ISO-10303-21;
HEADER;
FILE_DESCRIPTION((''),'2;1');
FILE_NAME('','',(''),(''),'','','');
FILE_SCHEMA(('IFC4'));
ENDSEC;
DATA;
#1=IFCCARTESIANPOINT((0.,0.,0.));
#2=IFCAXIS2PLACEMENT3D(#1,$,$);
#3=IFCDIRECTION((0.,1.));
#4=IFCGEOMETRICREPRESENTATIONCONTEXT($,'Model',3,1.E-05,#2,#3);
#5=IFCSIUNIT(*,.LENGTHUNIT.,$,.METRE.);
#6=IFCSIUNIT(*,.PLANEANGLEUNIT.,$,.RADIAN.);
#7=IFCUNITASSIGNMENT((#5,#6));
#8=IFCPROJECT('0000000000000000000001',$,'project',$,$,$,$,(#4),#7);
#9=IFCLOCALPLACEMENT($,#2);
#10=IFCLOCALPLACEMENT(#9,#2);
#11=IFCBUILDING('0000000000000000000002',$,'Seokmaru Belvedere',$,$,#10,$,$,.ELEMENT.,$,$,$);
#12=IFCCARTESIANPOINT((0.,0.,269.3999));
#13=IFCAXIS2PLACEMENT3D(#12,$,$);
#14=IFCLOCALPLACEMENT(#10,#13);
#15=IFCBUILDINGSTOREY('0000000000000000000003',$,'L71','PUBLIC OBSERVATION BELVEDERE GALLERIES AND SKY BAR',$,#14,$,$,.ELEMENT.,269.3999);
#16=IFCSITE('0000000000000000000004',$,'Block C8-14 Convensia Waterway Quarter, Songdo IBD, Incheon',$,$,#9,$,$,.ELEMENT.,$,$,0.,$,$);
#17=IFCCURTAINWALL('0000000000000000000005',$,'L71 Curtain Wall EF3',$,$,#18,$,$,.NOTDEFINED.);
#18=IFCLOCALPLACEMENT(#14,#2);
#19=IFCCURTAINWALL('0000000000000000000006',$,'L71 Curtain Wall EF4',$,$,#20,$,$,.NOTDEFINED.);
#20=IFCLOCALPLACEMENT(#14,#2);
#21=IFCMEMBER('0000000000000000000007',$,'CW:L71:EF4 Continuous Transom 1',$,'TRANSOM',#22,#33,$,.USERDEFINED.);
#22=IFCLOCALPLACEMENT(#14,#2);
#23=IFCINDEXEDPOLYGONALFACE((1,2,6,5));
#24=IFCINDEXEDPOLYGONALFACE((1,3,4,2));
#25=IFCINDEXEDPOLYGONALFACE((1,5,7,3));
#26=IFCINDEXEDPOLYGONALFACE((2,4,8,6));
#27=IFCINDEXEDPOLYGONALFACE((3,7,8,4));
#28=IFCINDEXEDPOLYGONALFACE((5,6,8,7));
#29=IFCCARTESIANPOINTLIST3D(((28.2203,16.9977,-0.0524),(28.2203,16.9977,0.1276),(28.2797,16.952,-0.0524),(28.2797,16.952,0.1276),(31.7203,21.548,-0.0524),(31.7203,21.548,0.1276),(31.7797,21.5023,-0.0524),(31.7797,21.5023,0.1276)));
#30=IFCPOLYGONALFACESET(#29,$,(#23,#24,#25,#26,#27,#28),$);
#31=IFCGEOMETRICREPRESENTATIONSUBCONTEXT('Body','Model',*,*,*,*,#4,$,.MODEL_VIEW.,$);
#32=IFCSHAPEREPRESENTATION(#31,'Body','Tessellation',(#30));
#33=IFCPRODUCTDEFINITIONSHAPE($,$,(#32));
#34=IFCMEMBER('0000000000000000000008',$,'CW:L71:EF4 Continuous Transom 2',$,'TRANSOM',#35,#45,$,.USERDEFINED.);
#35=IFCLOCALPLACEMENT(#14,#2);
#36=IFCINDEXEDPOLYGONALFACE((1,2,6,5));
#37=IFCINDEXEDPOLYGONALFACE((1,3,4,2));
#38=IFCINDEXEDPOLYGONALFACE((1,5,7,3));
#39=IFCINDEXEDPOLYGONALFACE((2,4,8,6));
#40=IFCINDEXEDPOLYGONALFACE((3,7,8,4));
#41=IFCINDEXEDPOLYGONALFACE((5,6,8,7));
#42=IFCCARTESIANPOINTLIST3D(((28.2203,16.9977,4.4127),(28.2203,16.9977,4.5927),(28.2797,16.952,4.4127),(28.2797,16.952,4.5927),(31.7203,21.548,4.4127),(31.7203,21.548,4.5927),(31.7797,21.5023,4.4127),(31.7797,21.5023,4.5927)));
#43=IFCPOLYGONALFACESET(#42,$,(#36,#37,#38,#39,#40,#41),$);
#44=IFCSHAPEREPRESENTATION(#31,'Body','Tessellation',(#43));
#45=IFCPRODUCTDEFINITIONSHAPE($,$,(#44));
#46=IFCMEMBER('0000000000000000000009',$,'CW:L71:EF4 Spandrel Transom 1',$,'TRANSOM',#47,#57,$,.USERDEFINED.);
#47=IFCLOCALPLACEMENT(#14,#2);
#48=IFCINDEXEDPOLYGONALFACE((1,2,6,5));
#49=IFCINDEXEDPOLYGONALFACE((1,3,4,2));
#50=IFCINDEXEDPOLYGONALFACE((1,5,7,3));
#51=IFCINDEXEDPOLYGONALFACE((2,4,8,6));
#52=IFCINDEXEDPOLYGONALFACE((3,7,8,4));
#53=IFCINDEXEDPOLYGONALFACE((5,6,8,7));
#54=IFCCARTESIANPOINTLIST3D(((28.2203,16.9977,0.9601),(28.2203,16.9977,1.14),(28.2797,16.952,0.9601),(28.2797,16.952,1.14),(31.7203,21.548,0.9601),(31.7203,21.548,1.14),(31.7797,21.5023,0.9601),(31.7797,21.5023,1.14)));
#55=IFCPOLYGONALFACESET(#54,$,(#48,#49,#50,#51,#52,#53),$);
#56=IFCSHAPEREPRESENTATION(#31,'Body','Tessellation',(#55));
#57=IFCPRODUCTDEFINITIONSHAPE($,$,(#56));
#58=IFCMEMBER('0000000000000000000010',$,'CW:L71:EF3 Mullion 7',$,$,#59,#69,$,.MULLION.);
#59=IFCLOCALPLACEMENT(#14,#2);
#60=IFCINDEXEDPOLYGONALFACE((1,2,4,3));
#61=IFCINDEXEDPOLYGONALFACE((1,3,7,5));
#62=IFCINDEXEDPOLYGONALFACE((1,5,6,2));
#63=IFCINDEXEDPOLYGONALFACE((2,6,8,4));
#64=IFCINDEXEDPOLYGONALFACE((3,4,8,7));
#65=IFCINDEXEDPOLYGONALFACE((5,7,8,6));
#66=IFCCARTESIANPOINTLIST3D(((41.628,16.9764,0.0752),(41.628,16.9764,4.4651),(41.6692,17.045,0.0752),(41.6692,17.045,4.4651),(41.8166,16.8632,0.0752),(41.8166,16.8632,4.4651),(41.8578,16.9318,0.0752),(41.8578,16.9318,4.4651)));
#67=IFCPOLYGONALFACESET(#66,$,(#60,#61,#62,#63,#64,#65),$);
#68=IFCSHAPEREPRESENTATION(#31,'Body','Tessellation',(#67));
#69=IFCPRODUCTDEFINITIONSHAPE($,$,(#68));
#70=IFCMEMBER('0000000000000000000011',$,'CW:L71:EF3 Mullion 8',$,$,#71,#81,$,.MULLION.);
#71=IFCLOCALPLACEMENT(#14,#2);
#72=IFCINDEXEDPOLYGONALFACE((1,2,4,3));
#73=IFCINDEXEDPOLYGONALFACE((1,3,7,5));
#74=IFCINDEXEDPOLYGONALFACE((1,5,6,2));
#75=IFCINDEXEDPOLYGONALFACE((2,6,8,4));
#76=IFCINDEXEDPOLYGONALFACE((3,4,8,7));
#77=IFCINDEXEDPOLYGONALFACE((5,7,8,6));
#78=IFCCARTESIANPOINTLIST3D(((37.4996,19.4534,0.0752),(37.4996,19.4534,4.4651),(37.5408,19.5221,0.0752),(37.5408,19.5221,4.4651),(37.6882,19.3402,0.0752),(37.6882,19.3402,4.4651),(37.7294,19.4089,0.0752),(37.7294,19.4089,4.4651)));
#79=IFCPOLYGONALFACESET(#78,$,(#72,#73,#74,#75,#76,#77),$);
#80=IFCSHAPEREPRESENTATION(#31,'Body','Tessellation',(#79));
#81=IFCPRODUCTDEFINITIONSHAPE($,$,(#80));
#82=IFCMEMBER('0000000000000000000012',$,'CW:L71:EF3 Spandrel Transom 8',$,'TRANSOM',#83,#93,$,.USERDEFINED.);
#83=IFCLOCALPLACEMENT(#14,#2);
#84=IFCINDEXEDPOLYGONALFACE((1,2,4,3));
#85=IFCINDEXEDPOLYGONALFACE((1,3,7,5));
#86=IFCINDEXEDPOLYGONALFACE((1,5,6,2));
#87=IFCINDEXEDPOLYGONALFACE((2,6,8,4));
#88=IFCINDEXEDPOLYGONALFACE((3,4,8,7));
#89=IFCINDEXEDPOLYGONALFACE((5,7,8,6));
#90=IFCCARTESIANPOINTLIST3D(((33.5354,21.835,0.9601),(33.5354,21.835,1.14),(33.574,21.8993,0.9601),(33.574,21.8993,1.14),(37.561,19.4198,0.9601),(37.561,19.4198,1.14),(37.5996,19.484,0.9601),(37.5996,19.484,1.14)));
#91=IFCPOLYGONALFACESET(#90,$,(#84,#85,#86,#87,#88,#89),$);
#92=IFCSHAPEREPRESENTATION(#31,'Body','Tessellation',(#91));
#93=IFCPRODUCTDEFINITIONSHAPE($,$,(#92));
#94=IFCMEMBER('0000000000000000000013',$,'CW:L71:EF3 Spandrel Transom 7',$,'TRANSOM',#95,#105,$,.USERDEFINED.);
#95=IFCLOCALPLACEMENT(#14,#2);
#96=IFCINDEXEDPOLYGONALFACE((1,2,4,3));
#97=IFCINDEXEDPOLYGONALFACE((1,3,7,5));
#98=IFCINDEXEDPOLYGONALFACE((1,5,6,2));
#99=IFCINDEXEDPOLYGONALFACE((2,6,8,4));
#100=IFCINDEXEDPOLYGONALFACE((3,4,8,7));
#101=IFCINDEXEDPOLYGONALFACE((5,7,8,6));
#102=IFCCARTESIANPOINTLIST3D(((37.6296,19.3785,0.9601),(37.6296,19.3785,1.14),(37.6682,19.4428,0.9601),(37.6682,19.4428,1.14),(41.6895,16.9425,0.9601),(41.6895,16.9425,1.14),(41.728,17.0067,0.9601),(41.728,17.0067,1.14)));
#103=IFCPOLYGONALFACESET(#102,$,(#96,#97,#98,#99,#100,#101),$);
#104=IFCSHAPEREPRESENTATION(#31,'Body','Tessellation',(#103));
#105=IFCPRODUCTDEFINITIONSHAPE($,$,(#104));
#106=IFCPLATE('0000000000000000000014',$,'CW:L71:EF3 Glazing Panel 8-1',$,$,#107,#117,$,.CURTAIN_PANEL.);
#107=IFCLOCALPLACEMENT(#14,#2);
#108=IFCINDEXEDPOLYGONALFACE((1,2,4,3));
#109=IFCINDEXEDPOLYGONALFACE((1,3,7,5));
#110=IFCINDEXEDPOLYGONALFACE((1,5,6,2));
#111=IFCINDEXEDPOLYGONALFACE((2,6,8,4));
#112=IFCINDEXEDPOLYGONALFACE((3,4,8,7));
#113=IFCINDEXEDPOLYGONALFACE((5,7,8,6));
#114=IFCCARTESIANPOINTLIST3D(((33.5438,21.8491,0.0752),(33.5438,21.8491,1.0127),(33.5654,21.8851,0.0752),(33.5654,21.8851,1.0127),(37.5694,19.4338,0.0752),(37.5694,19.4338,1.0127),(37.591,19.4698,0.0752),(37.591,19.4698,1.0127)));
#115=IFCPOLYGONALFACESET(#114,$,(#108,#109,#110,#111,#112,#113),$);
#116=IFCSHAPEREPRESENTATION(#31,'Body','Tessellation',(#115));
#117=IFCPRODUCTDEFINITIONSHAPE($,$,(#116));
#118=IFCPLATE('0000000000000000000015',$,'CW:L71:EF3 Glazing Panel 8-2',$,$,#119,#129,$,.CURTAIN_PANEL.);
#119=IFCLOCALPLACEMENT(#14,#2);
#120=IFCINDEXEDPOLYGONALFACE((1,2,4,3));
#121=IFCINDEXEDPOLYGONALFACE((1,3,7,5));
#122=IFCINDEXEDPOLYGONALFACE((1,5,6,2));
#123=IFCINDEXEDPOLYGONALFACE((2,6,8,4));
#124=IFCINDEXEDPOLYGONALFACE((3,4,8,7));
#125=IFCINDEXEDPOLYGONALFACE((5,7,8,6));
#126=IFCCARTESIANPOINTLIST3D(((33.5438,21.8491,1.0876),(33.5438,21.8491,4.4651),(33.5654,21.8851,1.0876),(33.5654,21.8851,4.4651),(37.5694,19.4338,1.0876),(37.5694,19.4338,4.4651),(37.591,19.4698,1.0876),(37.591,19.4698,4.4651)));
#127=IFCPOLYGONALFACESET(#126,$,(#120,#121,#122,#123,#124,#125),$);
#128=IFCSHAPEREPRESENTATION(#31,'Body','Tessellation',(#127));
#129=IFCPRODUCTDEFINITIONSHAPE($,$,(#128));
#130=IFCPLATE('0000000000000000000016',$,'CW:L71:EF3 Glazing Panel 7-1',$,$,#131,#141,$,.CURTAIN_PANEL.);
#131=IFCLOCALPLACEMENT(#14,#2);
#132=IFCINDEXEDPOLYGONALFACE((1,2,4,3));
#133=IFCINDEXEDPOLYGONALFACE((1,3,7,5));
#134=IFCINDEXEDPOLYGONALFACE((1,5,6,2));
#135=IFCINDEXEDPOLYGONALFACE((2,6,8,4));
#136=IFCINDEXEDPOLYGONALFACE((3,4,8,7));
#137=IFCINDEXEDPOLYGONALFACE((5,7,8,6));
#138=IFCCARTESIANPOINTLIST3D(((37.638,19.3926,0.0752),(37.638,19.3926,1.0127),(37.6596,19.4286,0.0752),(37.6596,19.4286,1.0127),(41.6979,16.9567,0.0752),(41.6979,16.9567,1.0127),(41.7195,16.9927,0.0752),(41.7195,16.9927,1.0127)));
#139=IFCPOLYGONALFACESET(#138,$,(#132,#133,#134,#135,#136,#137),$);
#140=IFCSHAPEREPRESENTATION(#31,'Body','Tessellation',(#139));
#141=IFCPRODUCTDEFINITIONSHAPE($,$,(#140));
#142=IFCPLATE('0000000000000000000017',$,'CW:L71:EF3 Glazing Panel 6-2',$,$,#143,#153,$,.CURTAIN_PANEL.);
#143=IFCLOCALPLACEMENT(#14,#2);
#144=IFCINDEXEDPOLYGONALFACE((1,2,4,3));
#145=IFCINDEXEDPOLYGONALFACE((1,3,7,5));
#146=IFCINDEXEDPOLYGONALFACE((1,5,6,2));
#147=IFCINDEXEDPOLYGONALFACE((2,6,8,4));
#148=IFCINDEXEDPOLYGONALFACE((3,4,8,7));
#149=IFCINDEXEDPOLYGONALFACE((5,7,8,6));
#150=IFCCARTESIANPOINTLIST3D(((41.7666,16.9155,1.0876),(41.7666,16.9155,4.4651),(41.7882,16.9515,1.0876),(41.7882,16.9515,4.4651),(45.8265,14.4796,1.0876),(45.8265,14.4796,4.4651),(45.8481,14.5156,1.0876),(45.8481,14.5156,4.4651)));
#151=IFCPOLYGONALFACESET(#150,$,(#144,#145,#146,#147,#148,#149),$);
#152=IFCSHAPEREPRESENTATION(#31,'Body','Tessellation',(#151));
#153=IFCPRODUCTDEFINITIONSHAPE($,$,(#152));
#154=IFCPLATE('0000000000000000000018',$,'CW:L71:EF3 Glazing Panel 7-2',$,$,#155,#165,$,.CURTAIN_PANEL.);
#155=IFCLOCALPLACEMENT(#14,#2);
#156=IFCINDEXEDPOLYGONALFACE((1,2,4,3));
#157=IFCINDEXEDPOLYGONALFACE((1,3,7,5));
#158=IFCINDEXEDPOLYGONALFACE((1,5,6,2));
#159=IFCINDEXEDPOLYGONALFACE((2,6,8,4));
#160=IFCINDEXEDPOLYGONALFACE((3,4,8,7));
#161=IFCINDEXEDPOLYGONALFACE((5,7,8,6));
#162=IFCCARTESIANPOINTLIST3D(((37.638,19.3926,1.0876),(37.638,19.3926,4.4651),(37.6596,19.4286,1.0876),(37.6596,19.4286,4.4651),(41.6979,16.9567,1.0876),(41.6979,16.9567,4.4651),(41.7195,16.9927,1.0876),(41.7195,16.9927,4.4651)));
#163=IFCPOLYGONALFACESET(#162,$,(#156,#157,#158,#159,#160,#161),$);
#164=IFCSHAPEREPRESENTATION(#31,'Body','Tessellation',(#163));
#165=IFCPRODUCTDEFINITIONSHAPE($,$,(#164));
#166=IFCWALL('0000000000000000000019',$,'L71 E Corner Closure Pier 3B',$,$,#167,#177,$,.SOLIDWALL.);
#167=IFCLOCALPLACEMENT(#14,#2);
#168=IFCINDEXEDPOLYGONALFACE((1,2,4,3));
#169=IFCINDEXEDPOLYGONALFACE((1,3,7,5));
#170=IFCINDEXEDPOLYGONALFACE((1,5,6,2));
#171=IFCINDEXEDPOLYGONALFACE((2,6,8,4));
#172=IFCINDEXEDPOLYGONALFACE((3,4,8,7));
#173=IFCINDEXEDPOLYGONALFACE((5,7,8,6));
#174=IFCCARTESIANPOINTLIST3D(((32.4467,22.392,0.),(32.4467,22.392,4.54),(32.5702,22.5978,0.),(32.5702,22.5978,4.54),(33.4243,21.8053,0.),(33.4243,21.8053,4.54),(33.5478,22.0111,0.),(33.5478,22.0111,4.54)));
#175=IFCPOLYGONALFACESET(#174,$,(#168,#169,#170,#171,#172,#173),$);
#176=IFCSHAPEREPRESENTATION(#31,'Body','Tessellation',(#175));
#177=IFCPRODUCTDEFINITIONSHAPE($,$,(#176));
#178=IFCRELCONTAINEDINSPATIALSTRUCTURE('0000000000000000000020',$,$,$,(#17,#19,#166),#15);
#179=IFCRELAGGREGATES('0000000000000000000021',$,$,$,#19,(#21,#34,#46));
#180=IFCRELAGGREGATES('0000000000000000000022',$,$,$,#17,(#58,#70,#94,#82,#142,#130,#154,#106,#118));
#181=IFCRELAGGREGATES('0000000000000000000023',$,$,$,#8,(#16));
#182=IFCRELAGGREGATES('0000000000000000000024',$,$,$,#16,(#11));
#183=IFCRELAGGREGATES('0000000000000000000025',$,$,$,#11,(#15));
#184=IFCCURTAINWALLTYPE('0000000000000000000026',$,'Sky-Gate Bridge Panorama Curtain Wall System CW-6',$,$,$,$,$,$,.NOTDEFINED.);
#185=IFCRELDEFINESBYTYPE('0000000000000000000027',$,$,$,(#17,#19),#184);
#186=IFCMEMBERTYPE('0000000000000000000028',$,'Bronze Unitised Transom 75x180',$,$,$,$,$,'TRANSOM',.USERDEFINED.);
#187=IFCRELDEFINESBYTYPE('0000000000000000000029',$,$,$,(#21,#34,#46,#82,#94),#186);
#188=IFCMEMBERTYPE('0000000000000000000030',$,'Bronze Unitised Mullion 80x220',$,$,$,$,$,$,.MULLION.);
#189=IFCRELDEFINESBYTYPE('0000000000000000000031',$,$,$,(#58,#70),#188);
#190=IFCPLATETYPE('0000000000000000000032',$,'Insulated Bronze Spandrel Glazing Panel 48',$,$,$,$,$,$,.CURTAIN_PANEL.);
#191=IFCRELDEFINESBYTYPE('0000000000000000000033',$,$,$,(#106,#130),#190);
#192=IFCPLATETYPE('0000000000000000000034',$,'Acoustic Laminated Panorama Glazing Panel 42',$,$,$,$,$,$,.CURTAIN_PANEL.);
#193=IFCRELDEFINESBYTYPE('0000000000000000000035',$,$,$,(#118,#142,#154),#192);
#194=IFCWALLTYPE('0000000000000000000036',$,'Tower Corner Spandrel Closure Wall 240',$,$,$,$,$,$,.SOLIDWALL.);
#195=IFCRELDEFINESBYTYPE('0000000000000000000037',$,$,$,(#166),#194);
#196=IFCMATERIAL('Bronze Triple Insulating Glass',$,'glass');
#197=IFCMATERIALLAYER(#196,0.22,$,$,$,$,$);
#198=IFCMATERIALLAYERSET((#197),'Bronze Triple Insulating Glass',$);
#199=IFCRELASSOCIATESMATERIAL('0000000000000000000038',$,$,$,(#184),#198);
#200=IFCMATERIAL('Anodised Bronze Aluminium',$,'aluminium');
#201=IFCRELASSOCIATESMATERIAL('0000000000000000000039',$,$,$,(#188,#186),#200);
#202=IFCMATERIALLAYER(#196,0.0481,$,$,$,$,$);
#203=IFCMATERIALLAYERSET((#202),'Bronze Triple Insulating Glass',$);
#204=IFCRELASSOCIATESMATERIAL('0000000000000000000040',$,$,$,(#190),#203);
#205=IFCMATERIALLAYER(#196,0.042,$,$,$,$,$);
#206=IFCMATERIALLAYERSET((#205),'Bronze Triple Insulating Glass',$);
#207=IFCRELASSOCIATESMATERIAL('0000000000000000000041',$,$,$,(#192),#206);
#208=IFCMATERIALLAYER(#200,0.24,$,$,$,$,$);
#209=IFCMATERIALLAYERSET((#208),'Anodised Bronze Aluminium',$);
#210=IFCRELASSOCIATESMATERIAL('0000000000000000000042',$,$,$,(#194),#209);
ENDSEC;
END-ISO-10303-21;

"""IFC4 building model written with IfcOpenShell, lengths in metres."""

from ifc_helpers import new_model, si_unit, direction, frame, frame_2d, origin, origin_2d, place, context, subcontext, project, spatial, rectangle, extrude, source, transform, mapped, material, layer, layer_set, material_profile, profile_set, type_object, type_shapes, element, aggregate, save


model = new_model("IFC4")

# Units and contexts
model_context = context("Model", 3, precision=1e-05, world=origin(), true_north=direction((0.0, 1.0)))
body_context = subcontext(model_context, "Body", "Model", "MODEL_VIEW")
ifc_project = project(units=[si_unit("LENGTHUNIT", "METRE"), si_unit("PLANEANGLEUNIT", "RADIAN")], contexts=[model_context])

# Site, building, storey
site_placement = place(None, origin())
site = spatial("IfcSite", under=ifc_project, at=site_placement, Name="Block C8-14 Convensia Waterway Quarter, Songdo IBD, Incheon", CompositionType="ELEMENT", RefElevation=0.0)
building_placement = place(site_placement, origin())
building = spatial("IfcBuilding", under=site, at=building_placement, Name="Seokmaru Belvedere", CompositionType="ELEMENT")
storey_placement = place(building_placement, frame((0.0, 0.0, 269.3999)))
storey = spatial("IfcBuildingStorey", under=building, at=storey_placement, Name="L71", Description="PUBLIC OBSERVATION BELVEDERE GALLERIES AND SKY BAR", CompositionType="ELEMENT", Elevation=269.3999)

# Curtain wall
ifc_material_1 = material(Name="Bronze Triple Insulating Glass", Category="glass")
ifc_layer_1 = layer(ifc_material_1, 0.22)
ifc_layer_set_1 = layer_set([ifc_layer_1], Name="Bronze Triple Insulating Glass")
curtain_wall_type = type_object("IfcCurtainWallType", Name="Sky-Gate Bridge Panorama Curtain Wall System CW-6", PredefinedType="NOTDEFINED", material=ifc_layer_set_1)
curtain_wall_1_placement = place(storey_placement, origin())
curtain_wall_1 = element("IfcCurtainWall", 1, at=curtain_wall_1_placement, inside=storey, type_object=curtain_wall_type, Name="L71 Curtain Wall EF3", PredefinedType="NOTDEFINED")
ifc_material_2 = material(Name="Anodised Bronze Aluminium", Category="aluminium")
ifc_material_profile_1 = material_profile(ifc_material_2, rectangle(XDim=0.0801, YDim=0.22, at=origin_2d()), Name="CW-M-80x220")
ifc_profile_set_1 = profile_set([ifc_material_profile_1], Name="Anodised Bronze Aluminium")
member_type_1 = type_object("IfcMemberType", Name="Bronze Unitised Mullion 80x220", PredefinedType="MULLION", material=ifc_profile_set_1)

# Curtain wall, members
curtain_wall_2_placement = place(storey_placement, origin())
curtain_wall_2 = element("IfcCurtainWall", 2, at=curtain_wall_2_placement, inside=storey, type_object=curtain_wall_type, Name="L71 Curtain Wall EF4", PredefinedType="NOTDEFINED")
ifc_material_profile_2 = material_profile(ifc_material_2, rectangle(XDim=0.075, YDim=0.1799, at=origin_2d()), Name="CW-T-75x180")
ifc_profile_set_2 = profile_set([ifc_material_profile_2], Name="Anodised Bronze Aluminium")
member_type_2 = type_object("IfcMemberType", Name="Bronze Unitised Transom 75x180", ElementType="TRANSOM", PredefinedType="USERDEFINED", material=ifc_profile_set_2)
shared_shape_1 = source(origin(), body_context, "Body", "SweptSolid", [
    extrude(rectangle(XDim=0.075, YDim=0.1799, at=origin_2d()), origin(), (0.0, 0.0, 1.0), 5.7407),
])
member_1_placement = place(storey_placement, frame((31.75, 21.5251, 0.0376), z_axis=(-0.609686, -0.792643, 0.0), x_axis=(0.792643, -0.609686, 0.0)))
member_1 = element("IfcMember", 3, at=member_1_placement, type_object=member_type_2, Name="CW:L71:EF4 Continuous Transom 1", ObjectType="TRANSOM", PredefinedType="USERDEFINED", context=body_context, shape_type="MappedRepresentation", body=[
    mapped(shared_shape_1, transform((0.0, 0.0, 0.0), scale=1.0)),
])
member_2_placement = place(storey_placement, frame((31.75, 21.5251, 4.5027), z_axis=(-0.609686, -0.792643, 0.0), x_axis=(0.792643, -0.609686, 0.0)))
member_2 = element("IfcMember", 4, at=member_2_placement, type_object=member_type_2, Name="CW:L71:EF4 Continuous Transom 2", ObjectType="TRANSOM", PredefinedType="USERDEFINED", context=body_context, shape_type="MappedRepresentation", body=[
    mapped(shared_shape_1, transform((0.0, 0.0, 0.0), scale=1.0)),
])
member_3_placement = place(storey_placement, frame((31.75, 21.5251, 1.05), z_axis=(-0.609686, -0.792643, 0.0), x_axis=(0.792643, -0.609686, 0.0)))
member_3 = element("IfcMember", 5, at=member_3_placement, type_object=member_type_2, Name="CW:L71:EF4 Spandrel Transom 1", ObjectType="TRANSOM", PredefinedType="USERDEFINED", context=body_context, shape_type="MappedRepresentation", body=[
    mapped(shared_shape_1, transform((0.0, 0.0, 0.0), scale=1.0)),
])
aggregate(curtain_wall_2, [member_1, member_2, member_3])

# Members
shared_shape_2 = source(origin(), body_context, "Body", "SweptSolid", [
    extrude(rectangle(XDim=0.0801, YDim=0.22, at=origin_2d()), origin(), (0.0, 0.0, 1.0), 4.3899),
])
member_4_placement = place(storey_placement, frame((41.7429, 16.9541, 0.0752), z_axis=(0.0, 0.0, 1.0), x_axis=(-0.514495, -0.857493, 0.0)))
member_4 = element("IfcMember", 6, at=member_4_placement, type_object=member_type_1, Name="CW:L71:EF3 Mullion 7", PredefinedType="MULLION", context=body_context, shape_type="MappedRepresentation", body=[
    mapped(shared_shape_2, transform((0.0, 0.0, 0.0), scale=1.0)),
])
member_5_placement = place(storey_placement, frame((37.6145, 19.4312, 0.0752), z_axis=(0.0, 0.0, 1.0), x_axis=(-0.514495, -0.857493, 0.0)))
member_5 = element("IfcMember", 7, at=member_5_placement, type_object=member_type_1, Name="CW:L71:EF3 Mullion 8", PredefinedType="MULLION", context=body_context, shape_type="MappedRepresentation", body=[
    mapped(shared_shape_2, transform((0.0, 0.0, 0.0), scale=1.0)),
])
shared_shape_3 = source(origin(), body_context, "Body", "SweptSolid", [
    extrude(rectangle(XDim=0.075, YDim=0.1799, at=origin_2d()), origin(), (0.0, 0.0, 1.0), 4.6946),
])
member_6_placement = place(storey_placement, frame((37.5803, 19.4519, 1.05), z_axis=(-0.857502, 0.51448, 0.0), x_axis=(-0.51448, -0.857502, 0.0)))
member_6 = element("IfcMember", 8, at=member_6_placement, type_object=member_type_2, Name="CW:L71:EF3 Spandrel Transom 8", ObjectType="TRANSOM", PredefinedType="USERDEFINED", context=body_context, shape_type="MappedRepresentation", body=[
    mapped(shared_shape_3, transform((0.0, 0.0, 0.0), scale=1.0)),
])
shared_shape_4 = source(origin(), body_context, "Body", "SweptSolid", [
    extrude(rectangle(XDim=0.075, YDim=0.1799, at=origin_2d()), origin(), (0.0, 0.0, 1.0), 4.7346),
])
type_shapes(member_type_2, [shared_shape_1, shared_shape_3, shared_shape_4])
member_7_placement = place(storey_placement, frame((41.7087, 16.9746, 1.05), z_axis=(-0.857479, 0.514519, 0.0), x_axis=(-0.514519, -0.857479, 0.0)))
member_7 = element("IfcMember", 9, at=member_7_placement, type_object=member_type_2, Name="CW:L71:EF3 Spandrel Transom 7", ObjectType="TRANSOM", PredefinedType="USERDEFINED", context=body_context, shape_type="MappedRepresentation", body=[
    mapped(shared_shape_4, transform((0.0, 0.0, 0.0), scale=1.0)),
])

# Plates
ifc_layer_2 = layer(ifc_material_1, 0.0481)
ifc_layer_set_2 = layer_set([ifc_layer_2], Name="Bronze Triple Insulating Glass")
plate_type_1 = type_object("IfcPlateType", Name="Insulated Bronze Spandrel Glazing Panel 48", PredefinedType="CURTAIN_PANEL", material=ifc_layer_set_2)
shared_shape_5 = source(origin(), body_context, "Body", "SweptSolid", [
    extrude(rectangle(XDim=4.6946, YDim=0.042, at=origin_2d()), origin(), (0.0, 0.0, 1.0), 0.9375),
])
plate_1_placement = place(storey_placement, frame((35.5674, 20.6594, 0.0752), z_axis=(0.0, 0.0, 1.0), x_axis=(-0.857493, 0.514495, 0.0)))
plate_1 = element("IfcPlate", 10, at=plate_1_placement, type_object=plate_type_1, Name="CW:L71:EF3 Glazing Panel 8-1", PredefinedType="CURTAIN_PANEL", context=body_context, shape_type="MappedRepresentation", body=[
    mapped(shared_shape_5, transform((0.0, 0.0, 0.0), scale=1.0)),
])
ifc_layer_3 = layer(ifc_material_1, 0.042)
ifc_layer_set_3 = layer_set([ifc_layer_3], Name="Bronze Triple Insulating Glass")
plate_type_2 = type_object("IfcPlateType", Name="Acoustic Laminated Panorama Glazing Panel 42", PredefinedType="CURTAIN_PANEL", material=ifc_layer_set_3)
shared_shape_6 = source(origin(), body_context, "Body", "SweptSolid", [
    extrude(rectangle(XDim=4.6946, YDim=0.042, at=origin_2d()), origin(), (0.0, 0.0, 1.0), 3.3774),
])
plate_2_placement = place(storey_placement, frame((35.5674, 20.6594, 1.0876), z_axis=(0.0, 0.0, 1.0), x_axis=(-0.857493, 0.514495, 0.0)))
plate_2 = element("IfcPlate", 11, at=plate_2_placement, type_object=plate_type_2, Name="CW:L71:EF3 Glazing Panel 8-2", PredefinedType="CURTAIN_PANEL", context=body_context, shape_type="MappedRepresentation", body=[
    mapped(shared_shape_6, transform((0.0, 0.0, 0.0), scale=1.0)),
])
shared_shape_7 = source(origin(), body_context, "Body", "SweptSolid", [
    extrude(rectangle(XDim=4.7346, YDim=0.042, at=origin_2d()), origin(), (0.0, 0.0, 1.0), 0.9375),
])
type_shapes(plate_type_1, [shared_shape_5, shared_shape_7])
plate_3_placement = place(storey_placement, frame((39.6787, 18.1926, 0.0752), z_axis=(0.0, 0.0, 1.0), x_axis=(-0.857493, 0.514495, 0.0)))
plate_3 = element("IfcPlate", 12, at=plate_3_placement, type_object=plate_type_1, Name="CW:L71:EF3 Glazing Panel 7-1", PredefinedType="CURTAIN_PANEL", context=body_context, shape_type="MappedRepresentation", body=[
    mapped(shared_shape_7, transform((0.0, 0.0, 0.0), scale=1.0)),
])
shared_shape_8 = source(origin(), body_context, "Body", "SweptSolid", [
    extrude(rectangle(XDim=4.7346, YDim=0.042, at=origin_2d()), origin(), (0.0, 0.0, 1.0), 3.3774),
])
type_shapes(plate_type_2, [shared_shape_6, shared_shape_8])
plate_4_placement = place(storey_placement, frame((43.8074, 15.7156, 1.0876), z_axis=(0.0, 0.0, 1.0), x_axis=(-0.857493, 0.514495, 0.0)))
plate_4 = element("IfcPlate", 13, at=plate_4_placement, type_object=plate_type_2, Name="CW:L71:EF3 Glazing Panel 6-2", PredefinedType="CURTAIN_PANEL", context=body_context, shape_type="MappedRepresentation", body=[
    mapped(shared_shape_8, transform((0.0, 0.0, 0.0), scale=1.0)),
])
plate_5_placement = place(storey_placement, frame((39.6787, 18.1926, 1.0876), z_axis=(0.0, 0.0, 1.0), x_axis=(-0.857493, 0.514495, 0.0)))
plate_5 = element("IfcPlate", 14, at=plate_5_placement, type_object=plate_type_2, Name="CW:L71:EF3 Glazing Panel 7-2", PredefinedType="CURTAIN_PANEL", context=body_context, shape_type="MappedRepresentation", body=[
    mapped(shared_shape_8, transform((0.0, 0.0, 0.0), scale=1.0)),
])
aggregate(curtain_wall_1, [member_4, member_5, member_7, member_6, plate_4, plate_3, plate_5, plate_1, plate_2])

# Wall
ifc_layer_4 = layer(ifc_material_2, 0.24)
ifc_layer_set_4 = layer_set([ifc_layer_4], Name="Anodised Bronze Aluminium")
wall_type = type_object("IfcWallType", Name="Tower Corner Spandrel Closure Wall 240", PredefinedType="SOLIDWALL", material=ifc_layer_set_4)
for number, where, z_axis, x_axis, name in (
    (15, (33.4861, 21.9082, 0.0), (0.0, 0.0, 1.0), (-0.857436, 0.51459, 0.0), "L71 E Corner Closure Pier 3B"),
):
    element("IfcWall", number, at=place(storey_placement, frame(where, z_axis=z_axis, x_axis=x_axis)), inside=storey, type_object=wall_type, Name=name, PredefinedType="SOLIDWALL", context=body_context, shape_type="SweptSolid", body=[
        extrude(rectangle(XDim=1.1401, YDim=0.24, at=frame_2d((0.5701, 0.0))), origin(), (0.0, 0.0, 1.0), 4.54),
    ])

save(model, "model.ifc")
